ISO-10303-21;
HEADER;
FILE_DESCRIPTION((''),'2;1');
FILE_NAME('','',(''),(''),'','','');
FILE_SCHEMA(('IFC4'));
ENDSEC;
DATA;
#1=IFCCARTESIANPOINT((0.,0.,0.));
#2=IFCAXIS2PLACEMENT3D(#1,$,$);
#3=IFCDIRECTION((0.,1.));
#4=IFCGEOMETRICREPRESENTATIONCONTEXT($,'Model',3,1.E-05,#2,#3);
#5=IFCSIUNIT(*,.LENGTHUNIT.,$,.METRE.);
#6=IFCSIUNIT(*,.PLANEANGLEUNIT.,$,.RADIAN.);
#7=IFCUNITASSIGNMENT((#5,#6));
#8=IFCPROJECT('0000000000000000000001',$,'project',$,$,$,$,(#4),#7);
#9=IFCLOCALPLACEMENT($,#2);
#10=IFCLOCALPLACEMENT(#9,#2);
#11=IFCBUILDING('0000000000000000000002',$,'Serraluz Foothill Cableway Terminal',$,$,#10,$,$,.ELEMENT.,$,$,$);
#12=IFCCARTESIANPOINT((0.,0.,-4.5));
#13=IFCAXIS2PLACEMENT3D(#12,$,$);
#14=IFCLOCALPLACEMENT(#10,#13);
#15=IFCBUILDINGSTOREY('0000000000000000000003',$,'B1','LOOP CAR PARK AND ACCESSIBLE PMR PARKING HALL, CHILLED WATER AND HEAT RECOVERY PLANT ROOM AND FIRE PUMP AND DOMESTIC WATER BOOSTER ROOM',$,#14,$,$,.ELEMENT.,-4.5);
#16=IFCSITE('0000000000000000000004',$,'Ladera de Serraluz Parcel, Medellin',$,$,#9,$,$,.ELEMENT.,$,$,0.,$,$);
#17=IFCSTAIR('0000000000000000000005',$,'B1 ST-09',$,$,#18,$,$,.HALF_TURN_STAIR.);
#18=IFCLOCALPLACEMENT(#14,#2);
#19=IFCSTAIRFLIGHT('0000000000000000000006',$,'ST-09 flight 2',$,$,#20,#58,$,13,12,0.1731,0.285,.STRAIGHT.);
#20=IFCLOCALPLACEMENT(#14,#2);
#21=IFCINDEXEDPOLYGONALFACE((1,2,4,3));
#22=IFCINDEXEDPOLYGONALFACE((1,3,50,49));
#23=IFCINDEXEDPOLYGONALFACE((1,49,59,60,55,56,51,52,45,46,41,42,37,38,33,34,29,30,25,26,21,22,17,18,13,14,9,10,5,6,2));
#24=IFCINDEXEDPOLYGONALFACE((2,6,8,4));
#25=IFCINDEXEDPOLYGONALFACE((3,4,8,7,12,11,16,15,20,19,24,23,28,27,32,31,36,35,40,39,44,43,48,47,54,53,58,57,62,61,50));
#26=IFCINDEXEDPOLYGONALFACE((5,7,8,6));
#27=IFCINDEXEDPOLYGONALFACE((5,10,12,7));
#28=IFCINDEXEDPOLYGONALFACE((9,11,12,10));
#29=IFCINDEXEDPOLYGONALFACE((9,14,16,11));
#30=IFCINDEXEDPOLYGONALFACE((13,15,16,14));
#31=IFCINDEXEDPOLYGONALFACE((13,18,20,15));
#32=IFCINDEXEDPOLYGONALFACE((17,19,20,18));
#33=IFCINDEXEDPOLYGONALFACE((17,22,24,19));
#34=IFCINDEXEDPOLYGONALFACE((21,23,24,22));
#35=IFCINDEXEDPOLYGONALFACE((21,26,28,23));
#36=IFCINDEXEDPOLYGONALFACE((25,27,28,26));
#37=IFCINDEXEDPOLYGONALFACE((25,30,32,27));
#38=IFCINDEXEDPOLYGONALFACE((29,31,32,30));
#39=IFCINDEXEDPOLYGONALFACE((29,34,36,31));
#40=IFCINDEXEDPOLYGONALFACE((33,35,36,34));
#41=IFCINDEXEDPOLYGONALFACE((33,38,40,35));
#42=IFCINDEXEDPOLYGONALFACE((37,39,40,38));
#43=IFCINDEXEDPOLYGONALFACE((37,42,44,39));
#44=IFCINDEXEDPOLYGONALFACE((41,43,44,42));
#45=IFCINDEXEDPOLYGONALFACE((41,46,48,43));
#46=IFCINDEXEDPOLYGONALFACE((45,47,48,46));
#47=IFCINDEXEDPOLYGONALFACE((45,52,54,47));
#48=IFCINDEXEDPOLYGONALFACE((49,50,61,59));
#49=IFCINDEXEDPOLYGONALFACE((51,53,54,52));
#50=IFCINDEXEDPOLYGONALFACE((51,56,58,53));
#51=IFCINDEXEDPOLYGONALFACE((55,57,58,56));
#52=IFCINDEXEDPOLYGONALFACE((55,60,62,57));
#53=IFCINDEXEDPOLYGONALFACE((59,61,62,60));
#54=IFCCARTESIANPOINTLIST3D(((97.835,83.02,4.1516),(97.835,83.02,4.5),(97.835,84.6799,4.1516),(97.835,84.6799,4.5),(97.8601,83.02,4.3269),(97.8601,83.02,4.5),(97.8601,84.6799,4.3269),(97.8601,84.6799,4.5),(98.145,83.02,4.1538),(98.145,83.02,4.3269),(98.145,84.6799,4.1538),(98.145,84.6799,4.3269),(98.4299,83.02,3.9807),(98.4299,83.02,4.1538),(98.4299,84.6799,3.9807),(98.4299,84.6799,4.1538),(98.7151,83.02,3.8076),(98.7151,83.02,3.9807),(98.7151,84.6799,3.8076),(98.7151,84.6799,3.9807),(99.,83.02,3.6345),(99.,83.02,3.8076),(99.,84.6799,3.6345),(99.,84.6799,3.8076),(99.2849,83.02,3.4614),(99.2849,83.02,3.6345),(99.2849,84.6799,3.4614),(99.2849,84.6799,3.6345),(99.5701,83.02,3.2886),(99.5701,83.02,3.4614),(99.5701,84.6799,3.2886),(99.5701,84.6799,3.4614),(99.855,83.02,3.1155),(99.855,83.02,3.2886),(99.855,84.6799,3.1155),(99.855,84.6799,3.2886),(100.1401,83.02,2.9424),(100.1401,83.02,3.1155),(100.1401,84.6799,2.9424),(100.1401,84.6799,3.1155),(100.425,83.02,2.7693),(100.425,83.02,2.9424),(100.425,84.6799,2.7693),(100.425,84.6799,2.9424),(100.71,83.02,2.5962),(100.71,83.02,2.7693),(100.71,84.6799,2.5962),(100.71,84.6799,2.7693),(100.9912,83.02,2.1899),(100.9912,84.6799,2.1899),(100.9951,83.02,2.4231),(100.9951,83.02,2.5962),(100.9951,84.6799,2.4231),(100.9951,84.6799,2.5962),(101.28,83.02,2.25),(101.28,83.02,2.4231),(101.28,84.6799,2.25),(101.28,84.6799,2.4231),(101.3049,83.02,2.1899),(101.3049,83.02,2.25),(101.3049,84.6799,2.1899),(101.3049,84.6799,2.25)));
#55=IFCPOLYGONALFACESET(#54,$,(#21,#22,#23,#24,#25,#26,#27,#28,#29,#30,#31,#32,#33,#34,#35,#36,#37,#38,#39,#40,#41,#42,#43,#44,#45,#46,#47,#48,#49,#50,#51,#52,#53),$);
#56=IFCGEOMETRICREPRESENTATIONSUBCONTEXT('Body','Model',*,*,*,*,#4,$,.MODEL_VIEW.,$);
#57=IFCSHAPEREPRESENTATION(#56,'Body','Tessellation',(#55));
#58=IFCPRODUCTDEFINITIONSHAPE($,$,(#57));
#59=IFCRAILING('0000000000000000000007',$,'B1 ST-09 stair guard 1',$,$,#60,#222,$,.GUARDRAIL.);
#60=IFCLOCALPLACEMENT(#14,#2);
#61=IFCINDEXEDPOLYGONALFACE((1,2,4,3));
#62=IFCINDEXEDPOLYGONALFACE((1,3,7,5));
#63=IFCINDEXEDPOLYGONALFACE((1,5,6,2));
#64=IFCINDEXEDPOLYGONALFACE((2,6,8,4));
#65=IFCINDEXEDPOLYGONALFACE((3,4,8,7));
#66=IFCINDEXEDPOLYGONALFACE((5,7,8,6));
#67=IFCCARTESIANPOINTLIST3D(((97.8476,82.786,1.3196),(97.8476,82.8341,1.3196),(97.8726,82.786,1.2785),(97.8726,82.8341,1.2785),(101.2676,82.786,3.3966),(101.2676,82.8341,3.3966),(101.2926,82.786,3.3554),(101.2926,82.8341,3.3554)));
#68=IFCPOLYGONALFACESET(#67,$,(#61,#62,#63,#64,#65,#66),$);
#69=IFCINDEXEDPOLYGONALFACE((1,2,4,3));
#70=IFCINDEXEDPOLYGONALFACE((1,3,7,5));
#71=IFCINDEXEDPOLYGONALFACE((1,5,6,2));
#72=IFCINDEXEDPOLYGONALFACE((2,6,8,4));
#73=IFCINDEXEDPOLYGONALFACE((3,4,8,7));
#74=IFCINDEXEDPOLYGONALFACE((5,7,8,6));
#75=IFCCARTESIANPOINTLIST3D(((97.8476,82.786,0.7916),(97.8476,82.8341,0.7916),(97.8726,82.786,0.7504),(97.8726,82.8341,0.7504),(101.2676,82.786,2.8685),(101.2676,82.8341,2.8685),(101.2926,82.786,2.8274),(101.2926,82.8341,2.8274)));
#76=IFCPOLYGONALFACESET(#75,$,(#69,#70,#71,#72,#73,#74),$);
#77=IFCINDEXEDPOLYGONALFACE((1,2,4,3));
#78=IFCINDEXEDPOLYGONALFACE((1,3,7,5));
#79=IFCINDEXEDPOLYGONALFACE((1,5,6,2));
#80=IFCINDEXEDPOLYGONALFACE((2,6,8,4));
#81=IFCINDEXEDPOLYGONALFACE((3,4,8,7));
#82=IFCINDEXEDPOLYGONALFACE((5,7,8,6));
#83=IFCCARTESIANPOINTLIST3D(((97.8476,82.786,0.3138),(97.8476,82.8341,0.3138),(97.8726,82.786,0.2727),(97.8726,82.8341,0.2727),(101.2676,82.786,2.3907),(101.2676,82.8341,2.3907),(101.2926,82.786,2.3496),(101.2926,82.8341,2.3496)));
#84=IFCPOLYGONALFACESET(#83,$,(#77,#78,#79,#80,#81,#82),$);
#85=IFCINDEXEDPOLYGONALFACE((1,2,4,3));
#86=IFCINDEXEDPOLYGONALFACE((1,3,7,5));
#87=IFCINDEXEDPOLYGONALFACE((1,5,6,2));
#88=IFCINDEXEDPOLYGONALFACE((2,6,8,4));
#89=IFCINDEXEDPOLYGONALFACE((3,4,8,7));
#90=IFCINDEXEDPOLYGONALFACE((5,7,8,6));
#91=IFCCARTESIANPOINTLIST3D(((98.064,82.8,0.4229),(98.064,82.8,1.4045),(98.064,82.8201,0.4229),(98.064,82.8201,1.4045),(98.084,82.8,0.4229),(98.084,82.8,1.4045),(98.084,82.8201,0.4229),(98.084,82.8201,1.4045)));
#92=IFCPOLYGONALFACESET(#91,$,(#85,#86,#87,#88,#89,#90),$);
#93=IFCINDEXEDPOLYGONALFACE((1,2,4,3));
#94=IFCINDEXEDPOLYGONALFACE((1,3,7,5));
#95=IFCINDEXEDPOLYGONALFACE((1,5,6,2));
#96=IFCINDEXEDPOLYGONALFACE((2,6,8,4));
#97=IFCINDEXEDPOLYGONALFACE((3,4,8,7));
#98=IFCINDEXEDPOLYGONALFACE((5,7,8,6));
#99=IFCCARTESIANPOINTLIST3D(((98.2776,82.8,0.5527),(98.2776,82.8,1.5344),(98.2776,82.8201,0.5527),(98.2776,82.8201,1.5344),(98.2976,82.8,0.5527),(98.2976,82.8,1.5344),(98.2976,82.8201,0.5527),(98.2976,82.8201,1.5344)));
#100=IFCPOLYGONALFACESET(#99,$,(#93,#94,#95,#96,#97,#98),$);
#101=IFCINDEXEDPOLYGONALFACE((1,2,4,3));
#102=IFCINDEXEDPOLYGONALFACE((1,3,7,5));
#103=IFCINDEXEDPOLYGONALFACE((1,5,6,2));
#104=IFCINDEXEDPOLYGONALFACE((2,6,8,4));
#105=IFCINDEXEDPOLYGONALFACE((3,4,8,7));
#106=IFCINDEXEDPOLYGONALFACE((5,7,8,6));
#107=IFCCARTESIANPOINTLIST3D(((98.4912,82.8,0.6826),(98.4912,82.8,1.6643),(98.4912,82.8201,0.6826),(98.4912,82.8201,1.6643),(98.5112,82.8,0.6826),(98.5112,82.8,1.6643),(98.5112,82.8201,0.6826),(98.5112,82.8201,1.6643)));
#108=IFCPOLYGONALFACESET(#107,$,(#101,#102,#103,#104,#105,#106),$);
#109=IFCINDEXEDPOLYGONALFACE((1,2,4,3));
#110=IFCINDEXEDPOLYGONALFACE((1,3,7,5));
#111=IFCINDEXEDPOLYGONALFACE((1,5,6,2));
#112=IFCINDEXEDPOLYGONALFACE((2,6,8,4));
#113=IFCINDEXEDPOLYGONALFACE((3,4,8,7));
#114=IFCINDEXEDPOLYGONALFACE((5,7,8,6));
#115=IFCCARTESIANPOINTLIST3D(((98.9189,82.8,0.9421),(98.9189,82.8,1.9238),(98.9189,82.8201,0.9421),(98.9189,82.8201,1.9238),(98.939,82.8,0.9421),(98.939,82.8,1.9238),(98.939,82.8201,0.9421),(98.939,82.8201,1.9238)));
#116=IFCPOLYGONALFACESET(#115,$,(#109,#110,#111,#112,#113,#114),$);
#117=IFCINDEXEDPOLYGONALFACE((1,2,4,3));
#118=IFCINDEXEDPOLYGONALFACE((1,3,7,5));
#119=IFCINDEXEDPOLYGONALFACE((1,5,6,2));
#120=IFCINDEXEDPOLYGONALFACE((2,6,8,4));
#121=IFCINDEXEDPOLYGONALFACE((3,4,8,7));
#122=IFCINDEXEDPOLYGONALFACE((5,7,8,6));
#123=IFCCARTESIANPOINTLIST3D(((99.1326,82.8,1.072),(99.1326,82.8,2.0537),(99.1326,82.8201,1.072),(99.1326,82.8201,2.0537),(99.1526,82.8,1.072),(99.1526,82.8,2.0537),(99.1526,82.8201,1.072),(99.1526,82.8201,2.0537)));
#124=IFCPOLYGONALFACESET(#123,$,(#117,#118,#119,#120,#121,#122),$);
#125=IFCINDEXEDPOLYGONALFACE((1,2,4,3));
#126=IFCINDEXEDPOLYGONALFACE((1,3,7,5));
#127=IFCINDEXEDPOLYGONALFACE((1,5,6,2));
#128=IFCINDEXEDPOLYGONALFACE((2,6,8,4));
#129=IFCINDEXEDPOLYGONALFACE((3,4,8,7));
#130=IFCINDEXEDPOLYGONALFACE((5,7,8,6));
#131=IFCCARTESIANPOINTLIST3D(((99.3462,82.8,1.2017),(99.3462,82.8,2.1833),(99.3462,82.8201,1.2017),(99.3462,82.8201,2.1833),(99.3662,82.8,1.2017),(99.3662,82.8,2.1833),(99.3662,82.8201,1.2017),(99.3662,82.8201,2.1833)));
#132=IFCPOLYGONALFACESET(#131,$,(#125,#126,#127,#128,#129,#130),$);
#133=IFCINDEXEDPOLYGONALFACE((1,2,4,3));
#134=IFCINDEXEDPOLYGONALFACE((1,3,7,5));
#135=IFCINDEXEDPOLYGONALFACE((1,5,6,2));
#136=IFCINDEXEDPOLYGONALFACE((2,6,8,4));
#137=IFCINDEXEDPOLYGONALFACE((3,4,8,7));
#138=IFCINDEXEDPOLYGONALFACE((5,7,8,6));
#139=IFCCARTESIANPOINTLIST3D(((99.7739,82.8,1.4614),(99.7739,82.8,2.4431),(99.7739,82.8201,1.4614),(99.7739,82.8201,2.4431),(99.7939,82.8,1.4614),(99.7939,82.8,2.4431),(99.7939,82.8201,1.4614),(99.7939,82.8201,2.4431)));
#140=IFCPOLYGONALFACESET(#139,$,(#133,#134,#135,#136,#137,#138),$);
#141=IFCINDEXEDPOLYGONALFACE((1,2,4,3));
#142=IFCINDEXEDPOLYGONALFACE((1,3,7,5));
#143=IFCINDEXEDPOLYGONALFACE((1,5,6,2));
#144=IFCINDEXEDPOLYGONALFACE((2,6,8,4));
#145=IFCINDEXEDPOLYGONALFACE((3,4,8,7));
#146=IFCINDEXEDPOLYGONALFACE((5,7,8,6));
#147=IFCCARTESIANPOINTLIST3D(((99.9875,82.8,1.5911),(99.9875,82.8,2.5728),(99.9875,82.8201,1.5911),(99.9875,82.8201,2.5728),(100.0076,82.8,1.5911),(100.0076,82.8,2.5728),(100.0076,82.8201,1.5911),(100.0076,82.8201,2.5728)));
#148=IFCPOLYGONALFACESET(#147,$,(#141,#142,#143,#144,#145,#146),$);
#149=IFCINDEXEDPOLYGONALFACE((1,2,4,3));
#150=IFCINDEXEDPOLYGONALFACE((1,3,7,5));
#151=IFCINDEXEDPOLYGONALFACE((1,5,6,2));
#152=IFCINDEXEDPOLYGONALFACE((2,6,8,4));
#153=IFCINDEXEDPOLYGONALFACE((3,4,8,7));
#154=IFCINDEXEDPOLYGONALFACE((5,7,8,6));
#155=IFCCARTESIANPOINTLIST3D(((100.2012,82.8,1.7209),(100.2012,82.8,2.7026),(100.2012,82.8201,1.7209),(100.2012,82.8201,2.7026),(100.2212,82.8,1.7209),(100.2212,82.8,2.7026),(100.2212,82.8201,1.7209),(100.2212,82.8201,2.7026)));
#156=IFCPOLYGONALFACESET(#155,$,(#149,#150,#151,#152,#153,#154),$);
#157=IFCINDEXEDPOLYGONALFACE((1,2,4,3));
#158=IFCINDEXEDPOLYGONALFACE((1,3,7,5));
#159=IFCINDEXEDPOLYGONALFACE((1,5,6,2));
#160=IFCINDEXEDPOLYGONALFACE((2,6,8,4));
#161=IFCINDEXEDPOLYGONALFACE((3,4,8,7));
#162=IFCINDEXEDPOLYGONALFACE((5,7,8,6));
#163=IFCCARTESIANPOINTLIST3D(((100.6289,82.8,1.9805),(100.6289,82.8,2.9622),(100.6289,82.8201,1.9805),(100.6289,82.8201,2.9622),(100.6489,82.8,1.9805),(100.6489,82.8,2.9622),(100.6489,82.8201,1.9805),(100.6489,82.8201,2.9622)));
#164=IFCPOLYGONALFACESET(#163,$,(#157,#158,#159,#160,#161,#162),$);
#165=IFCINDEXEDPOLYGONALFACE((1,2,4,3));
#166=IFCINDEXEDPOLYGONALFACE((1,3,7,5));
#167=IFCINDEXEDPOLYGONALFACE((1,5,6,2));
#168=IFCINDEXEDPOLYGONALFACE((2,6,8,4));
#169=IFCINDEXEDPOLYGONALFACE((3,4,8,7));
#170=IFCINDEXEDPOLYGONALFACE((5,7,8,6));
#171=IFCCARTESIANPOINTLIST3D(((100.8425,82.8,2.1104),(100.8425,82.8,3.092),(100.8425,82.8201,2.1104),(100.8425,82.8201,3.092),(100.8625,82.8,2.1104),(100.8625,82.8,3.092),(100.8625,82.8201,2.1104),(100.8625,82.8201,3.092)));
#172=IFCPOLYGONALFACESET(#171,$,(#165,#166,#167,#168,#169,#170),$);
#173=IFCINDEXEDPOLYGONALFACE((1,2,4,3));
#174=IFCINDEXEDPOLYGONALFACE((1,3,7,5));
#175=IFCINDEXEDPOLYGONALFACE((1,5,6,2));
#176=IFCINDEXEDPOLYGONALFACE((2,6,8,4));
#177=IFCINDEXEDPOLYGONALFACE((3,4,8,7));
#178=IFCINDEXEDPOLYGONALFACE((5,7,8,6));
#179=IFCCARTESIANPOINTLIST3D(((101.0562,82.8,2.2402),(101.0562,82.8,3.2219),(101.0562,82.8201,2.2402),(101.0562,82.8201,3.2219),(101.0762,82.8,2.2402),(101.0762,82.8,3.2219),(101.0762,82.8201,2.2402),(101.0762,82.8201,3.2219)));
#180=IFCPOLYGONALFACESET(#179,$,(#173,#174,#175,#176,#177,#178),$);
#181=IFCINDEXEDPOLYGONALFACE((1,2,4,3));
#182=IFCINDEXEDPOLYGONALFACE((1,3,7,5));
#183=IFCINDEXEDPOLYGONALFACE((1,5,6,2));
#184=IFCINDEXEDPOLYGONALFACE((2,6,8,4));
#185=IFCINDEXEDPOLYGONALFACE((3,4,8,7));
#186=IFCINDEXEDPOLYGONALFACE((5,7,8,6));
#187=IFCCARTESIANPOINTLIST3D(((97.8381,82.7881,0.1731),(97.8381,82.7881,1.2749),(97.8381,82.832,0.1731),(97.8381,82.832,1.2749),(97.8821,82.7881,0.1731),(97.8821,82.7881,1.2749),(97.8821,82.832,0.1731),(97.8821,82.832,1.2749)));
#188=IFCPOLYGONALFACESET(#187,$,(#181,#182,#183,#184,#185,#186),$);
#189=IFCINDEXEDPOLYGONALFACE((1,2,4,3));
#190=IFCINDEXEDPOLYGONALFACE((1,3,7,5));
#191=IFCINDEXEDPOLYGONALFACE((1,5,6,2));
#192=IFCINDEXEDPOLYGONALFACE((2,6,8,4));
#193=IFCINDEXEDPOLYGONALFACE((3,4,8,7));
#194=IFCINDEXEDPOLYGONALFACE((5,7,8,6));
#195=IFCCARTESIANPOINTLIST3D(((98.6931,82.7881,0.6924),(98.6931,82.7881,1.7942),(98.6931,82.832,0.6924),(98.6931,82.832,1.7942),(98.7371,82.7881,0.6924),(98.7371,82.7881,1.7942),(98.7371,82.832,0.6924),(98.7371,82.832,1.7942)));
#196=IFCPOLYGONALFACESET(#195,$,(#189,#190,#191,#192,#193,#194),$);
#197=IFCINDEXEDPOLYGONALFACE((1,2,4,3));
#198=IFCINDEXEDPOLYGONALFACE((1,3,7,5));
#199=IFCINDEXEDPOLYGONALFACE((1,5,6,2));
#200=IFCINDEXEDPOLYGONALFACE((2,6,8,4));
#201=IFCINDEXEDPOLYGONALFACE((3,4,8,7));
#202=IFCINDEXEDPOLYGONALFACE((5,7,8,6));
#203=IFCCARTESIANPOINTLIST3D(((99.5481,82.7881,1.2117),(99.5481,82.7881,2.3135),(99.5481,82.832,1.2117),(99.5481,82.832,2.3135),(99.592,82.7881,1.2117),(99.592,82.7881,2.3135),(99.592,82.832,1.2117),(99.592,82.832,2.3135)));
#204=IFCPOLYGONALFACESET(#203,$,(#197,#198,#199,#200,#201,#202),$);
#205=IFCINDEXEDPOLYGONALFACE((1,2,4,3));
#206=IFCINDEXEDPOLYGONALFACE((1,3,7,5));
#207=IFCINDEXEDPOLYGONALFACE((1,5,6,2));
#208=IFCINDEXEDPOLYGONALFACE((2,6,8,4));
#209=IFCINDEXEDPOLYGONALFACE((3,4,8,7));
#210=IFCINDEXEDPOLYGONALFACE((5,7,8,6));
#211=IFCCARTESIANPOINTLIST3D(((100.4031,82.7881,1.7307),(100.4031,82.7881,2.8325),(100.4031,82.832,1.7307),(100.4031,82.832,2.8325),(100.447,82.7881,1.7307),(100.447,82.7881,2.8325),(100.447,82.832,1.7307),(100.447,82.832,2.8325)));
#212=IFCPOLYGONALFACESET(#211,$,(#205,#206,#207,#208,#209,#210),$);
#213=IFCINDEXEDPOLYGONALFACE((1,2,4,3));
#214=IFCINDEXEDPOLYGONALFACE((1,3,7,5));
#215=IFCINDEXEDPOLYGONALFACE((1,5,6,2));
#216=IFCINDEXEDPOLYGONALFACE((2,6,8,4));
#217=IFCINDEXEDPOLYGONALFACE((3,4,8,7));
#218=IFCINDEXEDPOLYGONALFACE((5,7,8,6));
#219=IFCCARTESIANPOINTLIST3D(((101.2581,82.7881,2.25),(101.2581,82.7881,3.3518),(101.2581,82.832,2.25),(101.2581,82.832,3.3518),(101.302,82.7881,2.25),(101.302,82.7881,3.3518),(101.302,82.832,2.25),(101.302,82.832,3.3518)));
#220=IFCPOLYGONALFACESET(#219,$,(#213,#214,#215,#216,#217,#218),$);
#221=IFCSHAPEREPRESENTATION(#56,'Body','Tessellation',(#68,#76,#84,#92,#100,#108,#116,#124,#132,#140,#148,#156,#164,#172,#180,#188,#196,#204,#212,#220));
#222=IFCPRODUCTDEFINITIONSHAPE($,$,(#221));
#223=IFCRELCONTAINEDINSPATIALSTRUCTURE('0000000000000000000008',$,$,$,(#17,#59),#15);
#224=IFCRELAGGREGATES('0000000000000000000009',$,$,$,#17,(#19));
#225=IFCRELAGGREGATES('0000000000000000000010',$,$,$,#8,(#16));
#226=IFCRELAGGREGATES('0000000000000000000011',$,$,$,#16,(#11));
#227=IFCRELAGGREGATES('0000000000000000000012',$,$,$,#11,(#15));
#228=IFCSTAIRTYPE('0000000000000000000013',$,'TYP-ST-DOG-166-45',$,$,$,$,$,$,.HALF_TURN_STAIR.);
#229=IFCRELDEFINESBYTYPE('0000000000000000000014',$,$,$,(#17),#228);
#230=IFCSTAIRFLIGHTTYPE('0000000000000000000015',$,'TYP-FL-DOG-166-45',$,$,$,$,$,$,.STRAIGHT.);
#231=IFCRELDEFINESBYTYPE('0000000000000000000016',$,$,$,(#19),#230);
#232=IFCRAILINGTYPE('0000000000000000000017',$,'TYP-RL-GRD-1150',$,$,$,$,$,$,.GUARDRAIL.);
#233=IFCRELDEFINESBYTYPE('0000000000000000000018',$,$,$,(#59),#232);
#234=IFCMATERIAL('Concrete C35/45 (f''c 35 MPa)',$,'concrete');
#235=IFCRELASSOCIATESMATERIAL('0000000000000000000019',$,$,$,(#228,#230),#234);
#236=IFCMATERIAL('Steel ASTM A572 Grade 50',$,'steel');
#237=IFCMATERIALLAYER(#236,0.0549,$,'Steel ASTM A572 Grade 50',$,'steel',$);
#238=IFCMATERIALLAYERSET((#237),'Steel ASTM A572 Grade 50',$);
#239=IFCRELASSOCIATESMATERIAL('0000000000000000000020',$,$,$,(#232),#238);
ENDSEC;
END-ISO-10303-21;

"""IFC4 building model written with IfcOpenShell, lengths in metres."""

from ifc_helpers import new_model, si_unit, direction, frame, origin, origin_2d, place, context, subcontext, project, spatial, polyline, rectangle, outline, extrude, material, layer, layer_set, type_object, element, aggregate, save


model = new_model("IFC4")

# Units and contexts
model_context = context("Model", 3, precision=1e-05, world=origin(), true_north=direction((0.0, 1.0)))
body_context = subcontext(model_context, "Body", "Model", "MODEL_VIEW")
ifc_project = project(units=[si_unit("LENGTHUNIT", "METRE"), si_unit("PLANEANGLEUNIT", "RADIAN")], contexts=[model_context])

# Site, building, storey
site_placement = place(None, origin())
site = spatial("IfcSite", under=ifc_project, at=site_placement, Name="Ladera de Serraluz Parcel, Medellin", CompositionType="ELEMENT", RefElevation=0.0)
building_placement = place(site_placement, origin())
building = spatial("IfcBuilding", under=site, at=building_placement, Name="Serraluz Foothill Cableway Terminal", CompositionType="ELEMENT")
storey_placement = place(building_placement, frame((0.0, 0.0, -4.5)))
storey = spatial("IfcBuildingStorey", under=building, at=storey_placement, Name="B1", Description="LOOP CAR PARK AND ACCESSIBLE PMR PARKING HALL, CHILLED WATER AND HEAT RECOVERY PLANT ROOM AND FIRE PUMP AND DOMESTIC WATER BOOSTER ROOM", CompositionType="ELEMENT", Elevation=-4.5)

# Shared definitions
ifc_material_1 = material(Name="Concrete C35/45 (f'c 35 MPa)", Category="concrete")

# Stair, stair flight
stair_type = type_object("IfcStairType", Name="TYP-ST-DOG-166-45", PredefinedType="HALF_TURN_STAIR", material=ifc_material_1)
stair_placement = place(storey_placement, origin())
stair = element("IfcStair", 1, at=stair_placement, inside=storey, type_object=stair_type, Name="B1 ST-09", PredefinedType="HALF_TURN_STAIR")
stair_flight_type = type_object("IfcStairFlightType", Name="TYP-FL-DOG-166-45", PredefinedType="STRAIGHT", material=ifc_material_1)
stair_flight_1_placement = place(storey_placement, frame((101.28, 83.8501, 2.25), z_axis=(0.0, 0.0, 1.0), x_axis=(-1.0, 0.0, 0.0)))
stair_flight_1 = element("IfcStairFlight", 2, at=stair_flight_1_placement, type_object=stair_flight_type, Name="ST-09 flight 2", NumberOfRisers=13, NumberOfTreads=12, PredefinedType="STRAIGHT", RiserHeight=0.1731, TreadLength=0.285, context=body_context, shape_type="SweptSolid", body=[
    extrude(outline(polyline([(-0.0249, -0.0601), (-0.0249, 0.0), (0.0, 0.0), (0.0, 0.1731), (0.2849, 0.1731), (0.2849, 0.3462), (0.5701, 0.3462), (0.5701, 0.5193), (0.855, 0.5193), (0.855, 0.6924), (1.1399, 0.6924), (1.1399, 0.8655), (1.425, 0.8655), (1.425, 1.0386), (1.71, 1.0386), (1.71, 1.2114), (1.9951, 1.2114), (1.9951, 1.3845), (2.28, 1.3845), (2.28, 1.5576), (2.5649, 1.5576), (2.5649, 1.7307), (2.8501, 1.7307), (2.8501, 1.9038), (3.135, 1.9038), (3.135, 2.0769), (3.4199, 2.0769), (3.4199, 2.25), (3.4451, 2.25), (3.4451, 1.9016), (0.2888, -0.0601), (-0.0249, -0.0601)])), frame((0.0, 0.8301, 0.0), z_axis=(0.0, -1.0, 0.0), x_axis=(1.0, 0.0, 0.0)), (0.0, 0.0, 1.0), 1.6599),
])
aggregate(stair, [stair_flight_1])

# Railing
ifc_material_2 = material(Name="Steel ASTM A572 Grade 50", Category="steel")
ifc_layer_1 = layer(ifc_material_2, 0.0549, Name="Steel ASTM A572 Grade 50", Category="steel")
ifc_layer_set_1 = layer_set([ifc_layer_1], Name="Steel ASTM A572 Grade 50")
railing_type_1 = type_object("IfcRailingType", Name="TYP-RL-GRD-1150", PredefinedType="GUARDRAIL", material=ifc_layer_set_1)
railing_1_placement = place(storey_placement, frame((97.8601, 82.8101, 0.1731)))
element("IfcRailing", 3, at=railing_1_placement, inside=storey, type_object=railing_type_1, Name="B1 ST-09 stair guard 1", PredefinedType="GUARDRAIL", context=body_context, shape_type="SweptSolid", body=[
    extrude(rectangle(XDim=0.0481, YDim=0.0481, at=origin_2d()), frame((0.0, 0.0, 1.126), z_axis=(0.85473, 0.0, 0.519074), x_axis=(0.0, 1.0, 0.0)), (0.0, 0.0, 1.0), 4.0012),
    extrude(rectangle(XDim=0.0481, YDim=0.0481, at=origin_2d()), frame((0.0, 0.0, 0.5979), z_axis=(0.85473, 0.0, 0.519074), x_axis=(0.0, 1.0, 0.0)), (0.0, 0.0, 1.0), 4.0012),
    extrude(rectangle(XDim=0.0481, YDim=0.0481, at=origin_2d()), frame((0.0, 0.0, 0.1201), z_axis=(0.85473, 0.0, 0.519074), x_axis=(0.0, 1.0, 0.0)), (0.0, 0.0, 1.0), 4.0012),
    extrude(rectangle(XDim=0.02, YDim=0.02, at=origin_2d()), frame((0.2139, 0.0, 0.2498)), (0.0, 0.0, 1.0), 0.9817),
    extrude(rectangle(XDim=0.02, YDim=0.02, at=origin_2d()), frame((0.4275, 0.0, 0.3796)), (0.0, 0.0, 1.0), 0.9817),
    extrude(rectangle(XDim=0.02, YDim=0.02, at=origin_2d()), frame((0.6411, 0.0, 0.5095)), (0.0, 0.0, 1.0), 0.9817),
    extrude(rectangle(XDim=0.02, YDim=0.02, at=origin_2d()), frame((1.0688, 0.0, 0.769)), (0.0, 0.0, 1.0), 0.9817),
    extrude(rectangle(XDim=0.02, YDim=0.02, at=origin_2d()), frame((1.2825, 0.0, 0.8989)), (0.0, 0.0, 1.0), 0.9817),
    extrude(rectangle(XDim=0.02, YDim=0.02, at=origin_2d()), frame((1.4961, 0.0, 1.0286)), (0.0, 0.0, 1.0), 0.9817),
    extrude(rectangle(XDim=0.02, YDim=0.02, at=origin_2d()), frame((1.9238, 0.0, 1.2883)), (0.0, 0.0, 1.0), 0.9817),
    extrude(rectangle(XDim=0.02, YDim=0.02, at=origin_2d()), frame((2.1375, 0.0, 1.418)), (0.0, 0.0, 1.0), 0.9817),
    extrude(rectangle(XDim=0.02, YDim=0.02, at=origin_2d()), frame((2.3511, 0.0, 1.5479)), (0.0, 0.0, 1.0), 0.9817),
    extrude(rectangle(XDim=0.02, YDim=0.02, at=origin_2d()), frame((2.7788, 0.0, 1.8074)), (0.0, 0.0, 1.0), 0.9817),
    extrude(rectangle(XDim=0.02, YDim=0.02, at=origin_2d()), frame((2.9924, 0.0, 1.9373)), (0.0, 0.0, 1.0), 0.9817),
    extrude(rectangle(XDim=0.02, YDim=0.02, at=origin_2d()), frame((3.2061, 0.0, 2.0671)), (0.0, 0.0, 1.0), 0.9817),
    extrude(rectangle(XDim=0.0439, YDim=0.0439, at=origin_2d()), origin(), (0.0, 0.0, 1.0), 1.1018),
    extrude(rectangle(XDim=0.0439, YDim=0.0439, at=origin_2d()), frame((0.855, 0.0, 0.5193)), (0.0, 0.0, 1.0), 1.1018),
    extrude(rectangle(XDim=0.0439, YDim=0.0439, at=origin_2d()), frame((1.71, 0.0, 1.0386)), (0.0, 0.0, 1.0), 1.1018),
    extrude(rectangle(XDim=0.0439, YDim=0.0439, at=origin_2d()), frame((2.5649, 0.0, 1.5576)), (0.0, 0.0, 1.0), 1.1018),
    extrude(rectangle(XDim=0.0439, YDim=0.0439, at=origin_2d()), frame((3.4199, 0.0, 2.0769)), (0.0, 0.0, 1.0), 1.1018),
])

save(model, "model.ifc")
